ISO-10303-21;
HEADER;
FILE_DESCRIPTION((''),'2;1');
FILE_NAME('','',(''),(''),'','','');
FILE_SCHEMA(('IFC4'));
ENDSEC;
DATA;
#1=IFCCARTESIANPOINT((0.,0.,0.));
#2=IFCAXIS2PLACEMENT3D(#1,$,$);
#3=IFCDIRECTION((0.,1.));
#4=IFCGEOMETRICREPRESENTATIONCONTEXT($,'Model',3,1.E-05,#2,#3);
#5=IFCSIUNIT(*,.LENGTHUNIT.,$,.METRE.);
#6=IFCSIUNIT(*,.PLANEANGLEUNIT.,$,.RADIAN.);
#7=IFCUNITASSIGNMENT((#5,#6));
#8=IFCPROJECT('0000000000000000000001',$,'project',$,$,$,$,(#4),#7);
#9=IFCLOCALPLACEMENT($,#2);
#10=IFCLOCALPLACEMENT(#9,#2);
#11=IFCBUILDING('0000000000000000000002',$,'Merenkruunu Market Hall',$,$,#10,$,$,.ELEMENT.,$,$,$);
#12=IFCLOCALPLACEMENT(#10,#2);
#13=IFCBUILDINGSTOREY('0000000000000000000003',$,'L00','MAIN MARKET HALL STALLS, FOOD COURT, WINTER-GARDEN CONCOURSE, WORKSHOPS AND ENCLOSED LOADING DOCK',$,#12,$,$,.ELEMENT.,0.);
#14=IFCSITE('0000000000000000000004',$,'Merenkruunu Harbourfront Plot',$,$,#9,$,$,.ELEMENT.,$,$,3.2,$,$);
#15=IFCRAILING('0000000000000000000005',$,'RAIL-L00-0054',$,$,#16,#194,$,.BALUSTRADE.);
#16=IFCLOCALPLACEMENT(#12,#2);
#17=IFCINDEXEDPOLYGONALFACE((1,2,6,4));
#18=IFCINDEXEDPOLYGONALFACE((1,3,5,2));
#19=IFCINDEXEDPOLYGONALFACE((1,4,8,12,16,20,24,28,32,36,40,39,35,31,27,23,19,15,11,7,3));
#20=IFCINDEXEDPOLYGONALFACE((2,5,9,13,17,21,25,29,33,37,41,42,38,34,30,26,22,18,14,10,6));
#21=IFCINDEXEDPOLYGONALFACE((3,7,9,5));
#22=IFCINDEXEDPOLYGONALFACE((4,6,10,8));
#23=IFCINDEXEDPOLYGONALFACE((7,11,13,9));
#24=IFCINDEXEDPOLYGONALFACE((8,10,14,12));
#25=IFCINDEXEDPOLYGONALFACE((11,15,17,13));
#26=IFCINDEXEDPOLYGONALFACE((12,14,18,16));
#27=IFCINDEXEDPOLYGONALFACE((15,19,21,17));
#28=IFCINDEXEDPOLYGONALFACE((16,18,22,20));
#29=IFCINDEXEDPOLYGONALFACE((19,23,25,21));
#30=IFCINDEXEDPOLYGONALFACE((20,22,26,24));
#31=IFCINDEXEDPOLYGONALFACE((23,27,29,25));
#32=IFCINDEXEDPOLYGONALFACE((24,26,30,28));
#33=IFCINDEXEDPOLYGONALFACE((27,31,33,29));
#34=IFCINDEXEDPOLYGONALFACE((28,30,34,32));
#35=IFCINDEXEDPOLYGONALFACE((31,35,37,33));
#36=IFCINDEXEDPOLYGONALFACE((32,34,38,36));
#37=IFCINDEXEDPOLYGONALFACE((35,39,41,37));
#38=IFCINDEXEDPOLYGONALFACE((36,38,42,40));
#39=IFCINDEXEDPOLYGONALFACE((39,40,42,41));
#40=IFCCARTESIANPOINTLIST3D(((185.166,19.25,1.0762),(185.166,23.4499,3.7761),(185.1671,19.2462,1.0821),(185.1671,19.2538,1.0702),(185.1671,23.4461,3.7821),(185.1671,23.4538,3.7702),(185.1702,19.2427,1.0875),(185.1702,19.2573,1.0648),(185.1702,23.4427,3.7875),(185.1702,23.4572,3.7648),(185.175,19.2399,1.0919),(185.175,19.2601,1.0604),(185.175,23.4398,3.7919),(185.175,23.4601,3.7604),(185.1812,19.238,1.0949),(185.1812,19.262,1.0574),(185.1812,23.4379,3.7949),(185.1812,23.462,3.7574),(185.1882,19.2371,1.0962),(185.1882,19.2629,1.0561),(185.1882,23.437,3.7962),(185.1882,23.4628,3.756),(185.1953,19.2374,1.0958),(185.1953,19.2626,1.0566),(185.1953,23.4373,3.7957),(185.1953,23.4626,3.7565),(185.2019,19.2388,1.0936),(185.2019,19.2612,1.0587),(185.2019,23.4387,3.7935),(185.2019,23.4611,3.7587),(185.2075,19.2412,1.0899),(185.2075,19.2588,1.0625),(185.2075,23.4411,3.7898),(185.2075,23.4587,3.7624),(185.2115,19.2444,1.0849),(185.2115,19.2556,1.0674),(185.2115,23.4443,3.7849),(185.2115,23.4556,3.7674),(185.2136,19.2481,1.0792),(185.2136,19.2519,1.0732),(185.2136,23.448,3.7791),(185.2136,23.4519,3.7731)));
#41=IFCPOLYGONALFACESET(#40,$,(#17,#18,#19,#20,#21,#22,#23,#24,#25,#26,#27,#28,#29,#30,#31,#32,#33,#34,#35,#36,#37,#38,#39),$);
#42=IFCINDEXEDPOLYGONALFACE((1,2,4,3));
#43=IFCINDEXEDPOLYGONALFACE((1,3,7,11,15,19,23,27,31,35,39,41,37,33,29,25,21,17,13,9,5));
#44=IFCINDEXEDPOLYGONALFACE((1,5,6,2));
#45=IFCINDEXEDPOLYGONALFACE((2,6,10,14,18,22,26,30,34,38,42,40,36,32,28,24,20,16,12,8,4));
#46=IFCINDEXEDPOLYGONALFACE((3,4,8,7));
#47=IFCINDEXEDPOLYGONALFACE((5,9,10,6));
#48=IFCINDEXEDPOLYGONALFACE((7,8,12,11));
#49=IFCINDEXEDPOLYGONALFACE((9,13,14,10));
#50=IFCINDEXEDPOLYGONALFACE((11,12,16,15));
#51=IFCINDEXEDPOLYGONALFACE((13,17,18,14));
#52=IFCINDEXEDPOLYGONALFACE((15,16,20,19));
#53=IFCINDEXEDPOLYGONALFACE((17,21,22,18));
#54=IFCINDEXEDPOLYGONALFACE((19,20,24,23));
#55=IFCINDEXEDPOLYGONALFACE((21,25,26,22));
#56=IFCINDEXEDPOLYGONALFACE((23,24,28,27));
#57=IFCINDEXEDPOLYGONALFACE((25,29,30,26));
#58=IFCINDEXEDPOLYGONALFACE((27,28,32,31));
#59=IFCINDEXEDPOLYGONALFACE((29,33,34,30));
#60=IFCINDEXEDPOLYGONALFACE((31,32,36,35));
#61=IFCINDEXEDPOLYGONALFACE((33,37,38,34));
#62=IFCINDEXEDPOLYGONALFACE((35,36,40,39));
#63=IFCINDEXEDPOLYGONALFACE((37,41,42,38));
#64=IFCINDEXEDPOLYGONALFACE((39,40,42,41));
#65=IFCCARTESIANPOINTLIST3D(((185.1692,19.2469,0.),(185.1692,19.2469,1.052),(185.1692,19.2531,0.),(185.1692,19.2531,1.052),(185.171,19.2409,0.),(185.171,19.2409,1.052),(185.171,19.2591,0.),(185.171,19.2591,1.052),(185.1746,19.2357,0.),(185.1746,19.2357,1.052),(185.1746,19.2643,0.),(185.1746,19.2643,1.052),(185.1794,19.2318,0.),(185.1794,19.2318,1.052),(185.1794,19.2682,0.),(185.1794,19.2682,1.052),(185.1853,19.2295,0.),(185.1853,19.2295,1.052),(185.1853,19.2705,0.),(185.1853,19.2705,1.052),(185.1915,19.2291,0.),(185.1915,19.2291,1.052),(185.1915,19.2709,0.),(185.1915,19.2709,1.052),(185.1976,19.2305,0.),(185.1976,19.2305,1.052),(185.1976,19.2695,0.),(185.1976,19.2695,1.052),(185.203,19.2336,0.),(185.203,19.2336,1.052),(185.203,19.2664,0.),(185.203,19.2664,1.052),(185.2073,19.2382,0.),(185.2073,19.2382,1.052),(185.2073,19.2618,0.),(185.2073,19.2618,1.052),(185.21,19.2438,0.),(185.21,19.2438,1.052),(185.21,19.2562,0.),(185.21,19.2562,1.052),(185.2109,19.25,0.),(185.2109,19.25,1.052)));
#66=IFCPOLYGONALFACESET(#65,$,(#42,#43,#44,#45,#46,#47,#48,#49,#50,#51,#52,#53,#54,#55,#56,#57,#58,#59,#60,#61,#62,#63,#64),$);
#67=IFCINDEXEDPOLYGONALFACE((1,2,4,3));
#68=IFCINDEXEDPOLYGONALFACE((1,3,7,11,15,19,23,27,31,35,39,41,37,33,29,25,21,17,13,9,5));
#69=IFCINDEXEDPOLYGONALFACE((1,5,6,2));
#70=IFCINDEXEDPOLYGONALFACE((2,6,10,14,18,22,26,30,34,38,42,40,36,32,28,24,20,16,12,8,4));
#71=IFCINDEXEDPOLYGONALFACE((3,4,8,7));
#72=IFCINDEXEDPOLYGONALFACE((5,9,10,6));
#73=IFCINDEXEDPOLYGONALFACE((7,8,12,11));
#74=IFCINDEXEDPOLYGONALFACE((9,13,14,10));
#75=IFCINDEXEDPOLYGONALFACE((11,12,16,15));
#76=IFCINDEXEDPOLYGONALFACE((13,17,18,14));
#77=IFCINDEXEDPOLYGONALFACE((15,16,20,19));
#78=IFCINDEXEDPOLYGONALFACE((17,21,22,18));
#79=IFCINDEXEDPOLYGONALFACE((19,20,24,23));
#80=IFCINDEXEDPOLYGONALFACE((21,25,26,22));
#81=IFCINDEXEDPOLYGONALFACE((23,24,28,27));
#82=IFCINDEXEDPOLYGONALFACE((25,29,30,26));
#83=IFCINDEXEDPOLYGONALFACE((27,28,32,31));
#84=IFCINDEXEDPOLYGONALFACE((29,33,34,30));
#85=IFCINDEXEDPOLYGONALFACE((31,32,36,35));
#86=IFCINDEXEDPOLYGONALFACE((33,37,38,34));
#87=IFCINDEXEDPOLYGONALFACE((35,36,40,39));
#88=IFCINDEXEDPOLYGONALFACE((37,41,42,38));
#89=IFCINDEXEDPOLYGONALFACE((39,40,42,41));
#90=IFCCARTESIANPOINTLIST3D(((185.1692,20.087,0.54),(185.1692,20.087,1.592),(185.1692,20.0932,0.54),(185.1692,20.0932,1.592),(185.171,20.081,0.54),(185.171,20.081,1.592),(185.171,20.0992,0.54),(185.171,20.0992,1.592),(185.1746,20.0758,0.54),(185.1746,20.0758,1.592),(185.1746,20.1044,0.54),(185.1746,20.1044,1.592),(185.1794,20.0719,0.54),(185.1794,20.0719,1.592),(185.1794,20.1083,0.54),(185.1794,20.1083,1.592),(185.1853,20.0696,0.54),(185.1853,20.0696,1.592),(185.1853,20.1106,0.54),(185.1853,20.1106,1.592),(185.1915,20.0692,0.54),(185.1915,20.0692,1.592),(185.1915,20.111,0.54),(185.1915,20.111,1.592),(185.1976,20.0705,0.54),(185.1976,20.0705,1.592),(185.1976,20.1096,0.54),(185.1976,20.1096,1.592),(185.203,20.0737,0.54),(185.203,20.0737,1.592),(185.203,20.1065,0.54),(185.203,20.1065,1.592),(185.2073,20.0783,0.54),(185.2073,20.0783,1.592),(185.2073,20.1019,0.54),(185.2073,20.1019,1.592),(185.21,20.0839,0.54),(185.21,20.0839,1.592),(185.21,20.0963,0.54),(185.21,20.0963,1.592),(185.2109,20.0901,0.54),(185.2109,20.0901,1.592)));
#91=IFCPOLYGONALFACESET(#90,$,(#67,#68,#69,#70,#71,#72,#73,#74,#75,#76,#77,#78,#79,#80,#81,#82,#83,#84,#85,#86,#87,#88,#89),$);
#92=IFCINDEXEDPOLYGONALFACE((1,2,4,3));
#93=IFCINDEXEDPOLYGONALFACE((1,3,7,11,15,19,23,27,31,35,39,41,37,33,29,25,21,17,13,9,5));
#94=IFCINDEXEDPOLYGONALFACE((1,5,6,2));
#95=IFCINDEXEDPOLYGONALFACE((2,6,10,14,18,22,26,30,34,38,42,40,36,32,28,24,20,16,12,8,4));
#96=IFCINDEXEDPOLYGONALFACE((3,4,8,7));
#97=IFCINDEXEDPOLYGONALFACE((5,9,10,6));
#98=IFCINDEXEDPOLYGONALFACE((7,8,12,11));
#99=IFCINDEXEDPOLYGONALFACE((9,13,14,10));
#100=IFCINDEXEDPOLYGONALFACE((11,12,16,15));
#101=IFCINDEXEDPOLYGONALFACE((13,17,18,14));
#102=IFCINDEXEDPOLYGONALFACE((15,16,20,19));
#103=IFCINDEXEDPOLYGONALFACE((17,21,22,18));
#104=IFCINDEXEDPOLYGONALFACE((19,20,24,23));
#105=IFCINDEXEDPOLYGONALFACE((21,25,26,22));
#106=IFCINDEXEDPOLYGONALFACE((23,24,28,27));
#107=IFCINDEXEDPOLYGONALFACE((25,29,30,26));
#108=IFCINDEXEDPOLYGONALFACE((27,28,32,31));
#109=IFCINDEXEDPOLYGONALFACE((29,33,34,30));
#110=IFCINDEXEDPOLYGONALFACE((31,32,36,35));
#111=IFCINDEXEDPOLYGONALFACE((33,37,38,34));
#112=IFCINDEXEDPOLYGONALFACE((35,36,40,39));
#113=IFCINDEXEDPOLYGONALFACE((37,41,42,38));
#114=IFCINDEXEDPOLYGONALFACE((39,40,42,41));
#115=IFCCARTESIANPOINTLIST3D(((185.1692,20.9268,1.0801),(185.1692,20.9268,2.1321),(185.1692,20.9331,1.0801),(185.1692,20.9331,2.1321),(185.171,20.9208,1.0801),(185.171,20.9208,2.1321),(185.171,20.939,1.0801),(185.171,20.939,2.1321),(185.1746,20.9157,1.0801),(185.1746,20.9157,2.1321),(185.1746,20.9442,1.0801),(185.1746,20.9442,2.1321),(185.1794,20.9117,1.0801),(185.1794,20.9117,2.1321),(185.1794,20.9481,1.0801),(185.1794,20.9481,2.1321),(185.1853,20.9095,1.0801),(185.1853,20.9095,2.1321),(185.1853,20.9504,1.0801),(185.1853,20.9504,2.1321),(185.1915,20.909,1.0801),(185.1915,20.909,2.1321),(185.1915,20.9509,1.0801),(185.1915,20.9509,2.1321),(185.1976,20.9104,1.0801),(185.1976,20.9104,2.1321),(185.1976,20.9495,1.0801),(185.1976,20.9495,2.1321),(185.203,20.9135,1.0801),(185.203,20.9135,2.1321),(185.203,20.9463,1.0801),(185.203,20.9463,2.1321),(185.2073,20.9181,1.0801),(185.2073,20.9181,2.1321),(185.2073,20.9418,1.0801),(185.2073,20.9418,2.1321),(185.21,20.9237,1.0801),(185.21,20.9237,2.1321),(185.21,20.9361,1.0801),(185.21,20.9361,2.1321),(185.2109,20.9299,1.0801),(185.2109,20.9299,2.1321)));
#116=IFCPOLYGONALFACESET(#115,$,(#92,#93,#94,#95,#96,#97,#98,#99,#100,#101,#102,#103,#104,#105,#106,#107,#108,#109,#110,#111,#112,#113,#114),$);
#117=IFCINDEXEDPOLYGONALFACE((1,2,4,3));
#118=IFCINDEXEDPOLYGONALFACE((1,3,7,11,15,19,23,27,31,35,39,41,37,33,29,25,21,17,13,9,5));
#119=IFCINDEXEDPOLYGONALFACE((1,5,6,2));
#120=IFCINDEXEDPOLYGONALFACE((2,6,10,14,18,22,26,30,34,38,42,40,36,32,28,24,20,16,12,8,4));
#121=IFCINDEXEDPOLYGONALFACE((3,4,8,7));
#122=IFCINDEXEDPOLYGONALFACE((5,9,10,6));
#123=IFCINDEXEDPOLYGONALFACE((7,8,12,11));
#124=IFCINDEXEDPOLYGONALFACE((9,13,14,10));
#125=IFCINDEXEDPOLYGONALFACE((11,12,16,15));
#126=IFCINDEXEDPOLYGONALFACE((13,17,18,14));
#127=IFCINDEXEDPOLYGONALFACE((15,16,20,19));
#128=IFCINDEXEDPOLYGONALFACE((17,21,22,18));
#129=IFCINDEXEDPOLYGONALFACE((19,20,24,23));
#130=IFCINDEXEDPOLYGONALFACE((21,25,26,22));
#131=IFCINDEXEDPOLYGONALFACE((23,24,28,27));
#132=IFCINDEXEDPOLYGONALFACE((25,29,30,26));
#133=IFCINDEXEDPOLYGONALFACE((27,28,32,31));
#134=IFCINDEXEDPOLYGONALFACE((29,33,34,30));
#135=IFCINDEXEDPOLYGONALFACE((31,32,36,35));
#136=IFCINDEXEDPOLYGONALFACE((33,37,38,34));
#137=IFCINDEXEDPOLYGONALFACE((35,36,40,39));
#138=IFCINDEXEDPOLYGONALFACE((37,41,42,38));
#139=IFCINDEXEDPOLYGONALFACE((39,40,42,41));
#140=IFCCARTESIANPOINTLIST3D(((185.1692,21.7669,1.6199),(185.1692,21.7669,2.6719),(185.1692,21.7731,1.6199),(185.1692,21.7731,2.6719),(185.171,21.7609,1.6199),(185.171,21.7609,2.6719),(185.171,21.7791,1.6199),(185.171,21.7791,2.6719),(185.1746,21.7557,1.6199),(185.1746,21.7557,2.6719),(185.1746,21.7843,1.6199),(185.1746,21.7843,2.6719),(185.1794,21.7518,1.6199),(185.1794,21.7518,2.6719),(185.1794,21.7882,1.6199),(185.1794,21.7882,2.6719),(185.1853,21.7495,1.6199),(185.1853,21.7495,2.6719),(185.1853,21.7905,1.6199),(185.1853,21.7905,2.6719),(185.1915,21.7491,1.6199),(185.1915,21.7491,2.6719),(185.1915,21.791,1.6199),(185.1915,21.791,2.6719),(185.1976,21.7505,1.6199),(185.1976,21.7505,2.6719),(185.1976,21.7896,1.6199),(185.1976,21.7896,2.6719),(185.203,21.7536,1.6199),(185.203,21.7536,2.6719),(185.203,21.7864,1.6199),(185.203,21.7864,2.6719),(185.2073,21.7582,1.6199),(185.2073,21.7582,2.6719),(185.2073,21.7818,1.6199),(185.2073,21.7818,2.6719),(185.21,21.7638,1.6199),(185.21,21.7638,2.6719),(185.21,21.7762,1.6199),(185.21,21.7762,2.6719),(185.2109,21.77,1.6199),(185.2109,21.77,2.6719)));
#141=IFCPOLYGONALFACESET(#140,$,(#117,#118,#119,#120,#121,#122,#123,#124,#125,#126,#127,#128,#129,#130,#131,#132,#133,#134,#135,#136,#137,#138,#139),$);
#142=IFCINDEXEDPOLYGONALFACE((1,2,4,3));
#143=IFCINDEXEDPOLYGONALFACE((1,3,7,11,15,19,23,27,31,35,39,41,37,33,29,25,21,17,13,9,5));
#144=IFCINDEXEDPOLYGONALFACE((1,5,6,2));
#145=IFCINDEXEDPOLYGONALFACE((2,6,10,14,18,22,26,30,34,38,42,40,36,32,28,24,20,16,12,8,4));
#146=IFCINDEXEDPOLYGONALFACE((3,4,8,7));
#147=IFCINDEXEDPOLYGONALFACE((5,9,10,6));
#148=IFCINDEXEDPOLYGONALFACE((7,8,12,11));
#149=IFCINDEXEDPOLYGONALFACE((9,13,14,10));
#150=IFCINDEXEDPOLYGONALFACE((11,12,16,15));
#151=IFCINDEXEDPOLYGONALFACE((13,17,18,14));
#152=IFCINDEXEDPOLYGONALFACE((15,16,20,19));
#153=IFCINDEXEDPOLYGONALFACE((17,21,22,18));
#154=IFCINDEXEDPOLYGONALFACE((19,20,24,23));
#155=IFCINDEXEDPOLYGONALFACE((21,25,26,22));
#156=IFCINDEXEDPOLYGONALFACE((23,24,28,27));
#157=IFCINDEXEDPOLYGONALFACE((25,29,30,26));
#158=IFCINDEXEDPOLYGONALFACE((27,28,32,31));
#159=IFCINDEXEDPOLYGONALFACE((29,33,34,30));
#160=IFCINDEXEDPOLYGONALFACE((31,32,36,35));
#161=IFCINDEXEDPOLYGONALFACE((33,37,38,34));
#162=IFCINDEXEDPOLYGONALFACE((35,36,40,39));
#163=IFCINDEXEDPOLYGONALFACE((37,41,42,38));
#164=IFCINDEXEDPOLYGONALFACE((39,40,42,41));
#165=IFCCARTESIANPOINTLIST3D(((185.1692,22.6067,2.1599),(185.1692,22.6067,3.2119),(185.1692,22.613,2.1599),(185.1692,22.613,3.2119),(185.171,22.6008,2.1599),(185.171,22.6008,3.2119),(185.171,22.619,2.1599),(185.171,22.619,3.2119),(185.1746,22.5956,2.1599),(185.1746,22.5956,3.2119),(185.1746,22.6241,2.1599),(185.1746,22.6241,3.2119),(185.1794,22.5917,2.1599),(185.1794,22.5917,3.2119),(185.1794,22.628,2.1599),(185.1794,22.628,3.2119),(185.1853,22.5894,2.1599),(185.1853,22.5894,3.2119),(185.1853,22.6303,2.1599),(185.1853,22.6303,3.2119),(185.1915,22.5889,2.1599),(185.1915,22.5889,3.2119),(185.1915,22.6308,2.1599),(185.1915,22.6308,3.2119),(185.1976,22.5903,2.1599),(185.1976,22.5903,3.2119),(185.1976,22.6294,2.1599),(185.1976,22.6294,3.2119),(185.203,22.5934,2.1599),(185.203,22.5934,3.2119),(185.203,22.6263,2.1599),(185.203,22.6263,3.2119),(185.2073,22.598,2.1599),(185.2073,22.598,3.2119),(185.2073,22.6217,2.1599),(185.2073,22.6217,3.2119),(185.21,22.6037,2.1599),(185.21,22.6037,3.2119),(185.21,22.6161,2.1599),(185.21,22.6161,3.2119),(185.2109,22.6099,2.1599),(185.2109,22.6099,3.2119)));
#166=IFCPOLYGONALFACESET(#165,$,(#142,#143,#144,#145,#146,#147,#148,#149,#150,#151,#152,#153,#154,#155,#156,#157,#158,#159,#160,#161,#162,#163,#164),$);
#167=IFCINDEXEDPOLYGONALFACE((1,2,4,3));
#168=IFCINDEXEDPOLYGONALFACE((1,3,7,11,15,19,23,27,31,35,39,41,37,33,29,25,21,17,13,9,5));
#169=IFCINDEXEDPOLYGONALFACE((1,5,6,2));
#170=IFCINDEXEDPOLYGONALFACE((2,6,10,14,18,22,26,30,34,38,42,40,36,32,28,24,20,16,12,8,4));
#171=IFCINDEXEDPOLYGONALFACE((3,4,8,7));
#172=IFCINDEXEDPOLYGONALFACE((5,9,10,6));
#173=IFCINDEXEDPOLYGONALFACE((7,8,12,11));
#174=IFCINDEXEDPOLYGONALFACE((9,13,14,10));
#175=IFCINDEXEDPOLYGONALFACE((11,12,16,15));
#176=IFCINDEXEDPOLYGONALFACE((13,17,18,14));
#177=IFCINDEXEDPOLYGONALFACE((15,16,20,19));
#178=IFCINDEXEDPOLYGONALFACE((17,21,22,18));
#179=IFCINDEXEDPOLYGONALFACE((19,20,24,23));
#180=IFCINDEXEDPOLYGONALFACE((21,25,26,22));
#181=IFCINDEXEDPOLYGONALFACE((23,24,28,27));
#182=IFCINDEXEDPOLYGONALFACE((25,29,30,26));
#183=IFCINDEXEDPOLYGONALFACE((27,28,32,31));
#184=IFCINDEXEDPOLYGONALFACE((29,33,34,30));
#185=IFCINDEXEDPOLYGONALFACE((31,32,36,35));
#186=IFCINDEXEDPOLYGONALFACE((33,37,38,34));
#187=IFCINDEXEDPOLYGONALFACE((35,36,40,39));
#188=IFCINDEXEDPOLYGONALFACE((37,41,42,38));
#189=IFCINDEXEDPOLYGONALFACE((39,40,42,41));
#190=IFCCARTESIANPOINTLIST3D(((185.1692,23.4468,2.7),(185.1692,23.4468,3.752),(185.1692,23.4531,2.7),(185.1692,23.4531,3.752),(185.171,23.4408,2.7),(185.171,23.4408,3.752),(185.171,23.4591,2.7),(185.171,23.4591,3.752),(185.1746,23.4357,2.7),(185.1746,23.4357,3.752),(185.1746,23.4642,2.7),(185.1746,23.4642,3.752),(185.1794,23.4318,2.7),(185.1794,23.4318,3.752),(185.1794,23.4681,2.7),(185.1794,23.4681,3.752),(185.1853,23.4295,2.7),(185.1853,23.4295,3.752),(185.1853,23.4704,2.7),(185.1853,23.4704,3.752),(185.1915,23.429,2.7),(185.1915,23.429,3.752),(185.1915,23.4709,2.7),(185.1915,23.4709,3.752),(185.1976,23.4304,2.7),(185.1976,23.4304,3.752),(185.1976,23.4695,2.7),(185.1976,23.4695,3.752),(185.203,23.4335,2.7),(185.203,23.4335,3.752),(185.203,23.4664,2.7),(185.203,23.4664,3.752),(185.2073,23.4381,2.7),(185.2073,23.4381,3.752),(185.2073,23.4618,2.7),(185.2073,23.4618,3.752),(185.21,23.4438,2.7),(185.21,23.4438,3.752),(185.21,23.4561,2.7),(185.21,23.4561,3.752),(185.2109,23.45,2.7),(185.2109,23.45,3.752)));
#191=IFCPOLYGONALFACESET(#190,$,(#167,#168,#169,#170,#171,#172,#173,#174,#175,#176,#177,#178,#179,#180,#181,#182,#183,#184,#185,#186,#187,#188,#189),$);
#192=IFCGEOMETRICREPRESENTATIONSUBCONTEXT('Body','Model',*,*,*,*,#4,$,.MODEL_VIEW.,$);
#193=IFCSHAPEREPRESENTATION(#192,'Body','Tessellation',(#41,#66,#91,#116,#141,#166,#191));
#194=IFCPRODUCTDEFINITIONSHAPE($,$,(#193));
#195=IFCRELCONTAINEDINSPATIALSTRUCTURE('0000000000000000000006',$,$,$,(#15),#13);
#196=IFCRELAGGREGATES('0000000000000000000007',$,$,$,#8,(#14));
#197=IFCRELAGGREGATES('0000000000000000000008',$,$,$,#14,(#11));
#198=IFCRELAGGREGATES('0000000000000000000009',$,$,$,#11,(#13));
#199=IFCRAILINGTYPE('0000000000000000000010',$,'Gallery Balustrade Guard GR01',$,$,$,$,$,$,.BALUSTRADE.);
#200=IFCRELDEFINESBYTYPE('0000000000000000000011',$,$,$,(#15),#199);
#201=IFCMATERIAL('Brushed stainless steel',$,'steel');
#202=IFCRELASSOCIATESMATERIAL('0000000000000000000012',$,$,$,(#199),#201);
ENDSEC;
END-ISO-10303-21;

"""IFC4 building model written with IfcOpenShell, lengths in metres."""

from ifc_helpers import new_model, si_unit, direction, frame, origin, origin_2d, place, context, subcontext, project, spatial, circle, extrude, material, type_object, element, save


model = new_model("IFC4")

# Units and contexts
model_context = context("Model", 3, precision=1e-05, world=origin(), true_north=direction((0.0, 1.0)))
body_context = subcontext(model_context, "Body", "Model", "MODEL_VIEW")
ifc_project = project(units=[si_unit("LENGTHUNIT", "METRE"), si_unit("PLANEANGLEUNIT", "RADIAN")], contexts=[model_context])

# Site, building, storey
site_placement = place(None, origin())
site = spatial("IfcSite", under=ifc_project, at=site_placement, Name="Merenkruunu Harbourfront Plot", CompositionType="ELEMENT", RefElevation=3.2)
building_placement = place(site_placement, origin())
building = spatial("IfcBuilding", under=site, at=building_placement, Name="Merenkruunu Market Hall", CompositionType="ELEMENT")
storey_placement = place(building_placement, origin())
storey = spatial("IfcBuildingStorey", under=building, at=storey_placement, Name="L00", Description="MAIN MARKET HALL STALLS, FOOD COURT, WINTER-GARDEN CONCOURSE, WORKSHOPS AND ENCLOSED LOADING DOCK", CompositionType="ELEMENT", Elevation=0.0)

# Railing
ifc_material_1 = material(Name="Brushed stainless steel", Category="steel")
railing_type_1 = type_object("IfcRailingType", Name="Gallery Balustrade Guard GR01", PredefinedType="BALUSTRADE", material=ifc_material_1)
railing_1_placement = place(storey_placement, frame((185.1899, 19.25, 0.0)))
element("IfcRailing", 1, at=railing_1_placement, inside=storey, type_object=railing_type_1, Name="RAIL-L00-0054", PredefinedType="BALUSTRADE", context=body_context, shape_type="SweptSolid", body=[
    extrude(circle(Radius=0.0239, at=origin_2d()), frame((0.0, 0.0, 1.0762), z_axis=(0.0, 0.84118, 0.540755), x_axis=(-1.0, 0.0, 0.0)), (0.0, 0.0, 1.0), 4.9929),
    extrude(circle(Radius=0.021, at=origin_2d()), origin(), (0.0, 0.0, 1.0), 1.052),
    extrude(circle(Radius=0.021, at=origin_2d()), frame((0.0, 0.8401, 0.54)), (0.0, 0.0, 1.0), 1.052),
    extrude(circle(Radius=0.021, at=origin_2d()), frame((0.0, 1.6799, 1.0801)), (0.0, 0.0, 1.0), 1.052),
    extrude(circle(Radius=0.021, at=origin_2d()), frame((0.0, 2.52, 1.6199)), (0.0, 0.0, 1.0), 1.052),
    extrude(circle(Radius=0.021, at=origin_2d()), frame((0.0, 3.3599, 2.1599)), (0.0, 0.0, 1.0), 1.052),
    extrude(circle(Radius=0.021, at=origin_2d()), frame((0.0, 4.2, 2.7)), (0.0, 0.0, 1.0), 1.052),
])

save(model, "model.ifc")
